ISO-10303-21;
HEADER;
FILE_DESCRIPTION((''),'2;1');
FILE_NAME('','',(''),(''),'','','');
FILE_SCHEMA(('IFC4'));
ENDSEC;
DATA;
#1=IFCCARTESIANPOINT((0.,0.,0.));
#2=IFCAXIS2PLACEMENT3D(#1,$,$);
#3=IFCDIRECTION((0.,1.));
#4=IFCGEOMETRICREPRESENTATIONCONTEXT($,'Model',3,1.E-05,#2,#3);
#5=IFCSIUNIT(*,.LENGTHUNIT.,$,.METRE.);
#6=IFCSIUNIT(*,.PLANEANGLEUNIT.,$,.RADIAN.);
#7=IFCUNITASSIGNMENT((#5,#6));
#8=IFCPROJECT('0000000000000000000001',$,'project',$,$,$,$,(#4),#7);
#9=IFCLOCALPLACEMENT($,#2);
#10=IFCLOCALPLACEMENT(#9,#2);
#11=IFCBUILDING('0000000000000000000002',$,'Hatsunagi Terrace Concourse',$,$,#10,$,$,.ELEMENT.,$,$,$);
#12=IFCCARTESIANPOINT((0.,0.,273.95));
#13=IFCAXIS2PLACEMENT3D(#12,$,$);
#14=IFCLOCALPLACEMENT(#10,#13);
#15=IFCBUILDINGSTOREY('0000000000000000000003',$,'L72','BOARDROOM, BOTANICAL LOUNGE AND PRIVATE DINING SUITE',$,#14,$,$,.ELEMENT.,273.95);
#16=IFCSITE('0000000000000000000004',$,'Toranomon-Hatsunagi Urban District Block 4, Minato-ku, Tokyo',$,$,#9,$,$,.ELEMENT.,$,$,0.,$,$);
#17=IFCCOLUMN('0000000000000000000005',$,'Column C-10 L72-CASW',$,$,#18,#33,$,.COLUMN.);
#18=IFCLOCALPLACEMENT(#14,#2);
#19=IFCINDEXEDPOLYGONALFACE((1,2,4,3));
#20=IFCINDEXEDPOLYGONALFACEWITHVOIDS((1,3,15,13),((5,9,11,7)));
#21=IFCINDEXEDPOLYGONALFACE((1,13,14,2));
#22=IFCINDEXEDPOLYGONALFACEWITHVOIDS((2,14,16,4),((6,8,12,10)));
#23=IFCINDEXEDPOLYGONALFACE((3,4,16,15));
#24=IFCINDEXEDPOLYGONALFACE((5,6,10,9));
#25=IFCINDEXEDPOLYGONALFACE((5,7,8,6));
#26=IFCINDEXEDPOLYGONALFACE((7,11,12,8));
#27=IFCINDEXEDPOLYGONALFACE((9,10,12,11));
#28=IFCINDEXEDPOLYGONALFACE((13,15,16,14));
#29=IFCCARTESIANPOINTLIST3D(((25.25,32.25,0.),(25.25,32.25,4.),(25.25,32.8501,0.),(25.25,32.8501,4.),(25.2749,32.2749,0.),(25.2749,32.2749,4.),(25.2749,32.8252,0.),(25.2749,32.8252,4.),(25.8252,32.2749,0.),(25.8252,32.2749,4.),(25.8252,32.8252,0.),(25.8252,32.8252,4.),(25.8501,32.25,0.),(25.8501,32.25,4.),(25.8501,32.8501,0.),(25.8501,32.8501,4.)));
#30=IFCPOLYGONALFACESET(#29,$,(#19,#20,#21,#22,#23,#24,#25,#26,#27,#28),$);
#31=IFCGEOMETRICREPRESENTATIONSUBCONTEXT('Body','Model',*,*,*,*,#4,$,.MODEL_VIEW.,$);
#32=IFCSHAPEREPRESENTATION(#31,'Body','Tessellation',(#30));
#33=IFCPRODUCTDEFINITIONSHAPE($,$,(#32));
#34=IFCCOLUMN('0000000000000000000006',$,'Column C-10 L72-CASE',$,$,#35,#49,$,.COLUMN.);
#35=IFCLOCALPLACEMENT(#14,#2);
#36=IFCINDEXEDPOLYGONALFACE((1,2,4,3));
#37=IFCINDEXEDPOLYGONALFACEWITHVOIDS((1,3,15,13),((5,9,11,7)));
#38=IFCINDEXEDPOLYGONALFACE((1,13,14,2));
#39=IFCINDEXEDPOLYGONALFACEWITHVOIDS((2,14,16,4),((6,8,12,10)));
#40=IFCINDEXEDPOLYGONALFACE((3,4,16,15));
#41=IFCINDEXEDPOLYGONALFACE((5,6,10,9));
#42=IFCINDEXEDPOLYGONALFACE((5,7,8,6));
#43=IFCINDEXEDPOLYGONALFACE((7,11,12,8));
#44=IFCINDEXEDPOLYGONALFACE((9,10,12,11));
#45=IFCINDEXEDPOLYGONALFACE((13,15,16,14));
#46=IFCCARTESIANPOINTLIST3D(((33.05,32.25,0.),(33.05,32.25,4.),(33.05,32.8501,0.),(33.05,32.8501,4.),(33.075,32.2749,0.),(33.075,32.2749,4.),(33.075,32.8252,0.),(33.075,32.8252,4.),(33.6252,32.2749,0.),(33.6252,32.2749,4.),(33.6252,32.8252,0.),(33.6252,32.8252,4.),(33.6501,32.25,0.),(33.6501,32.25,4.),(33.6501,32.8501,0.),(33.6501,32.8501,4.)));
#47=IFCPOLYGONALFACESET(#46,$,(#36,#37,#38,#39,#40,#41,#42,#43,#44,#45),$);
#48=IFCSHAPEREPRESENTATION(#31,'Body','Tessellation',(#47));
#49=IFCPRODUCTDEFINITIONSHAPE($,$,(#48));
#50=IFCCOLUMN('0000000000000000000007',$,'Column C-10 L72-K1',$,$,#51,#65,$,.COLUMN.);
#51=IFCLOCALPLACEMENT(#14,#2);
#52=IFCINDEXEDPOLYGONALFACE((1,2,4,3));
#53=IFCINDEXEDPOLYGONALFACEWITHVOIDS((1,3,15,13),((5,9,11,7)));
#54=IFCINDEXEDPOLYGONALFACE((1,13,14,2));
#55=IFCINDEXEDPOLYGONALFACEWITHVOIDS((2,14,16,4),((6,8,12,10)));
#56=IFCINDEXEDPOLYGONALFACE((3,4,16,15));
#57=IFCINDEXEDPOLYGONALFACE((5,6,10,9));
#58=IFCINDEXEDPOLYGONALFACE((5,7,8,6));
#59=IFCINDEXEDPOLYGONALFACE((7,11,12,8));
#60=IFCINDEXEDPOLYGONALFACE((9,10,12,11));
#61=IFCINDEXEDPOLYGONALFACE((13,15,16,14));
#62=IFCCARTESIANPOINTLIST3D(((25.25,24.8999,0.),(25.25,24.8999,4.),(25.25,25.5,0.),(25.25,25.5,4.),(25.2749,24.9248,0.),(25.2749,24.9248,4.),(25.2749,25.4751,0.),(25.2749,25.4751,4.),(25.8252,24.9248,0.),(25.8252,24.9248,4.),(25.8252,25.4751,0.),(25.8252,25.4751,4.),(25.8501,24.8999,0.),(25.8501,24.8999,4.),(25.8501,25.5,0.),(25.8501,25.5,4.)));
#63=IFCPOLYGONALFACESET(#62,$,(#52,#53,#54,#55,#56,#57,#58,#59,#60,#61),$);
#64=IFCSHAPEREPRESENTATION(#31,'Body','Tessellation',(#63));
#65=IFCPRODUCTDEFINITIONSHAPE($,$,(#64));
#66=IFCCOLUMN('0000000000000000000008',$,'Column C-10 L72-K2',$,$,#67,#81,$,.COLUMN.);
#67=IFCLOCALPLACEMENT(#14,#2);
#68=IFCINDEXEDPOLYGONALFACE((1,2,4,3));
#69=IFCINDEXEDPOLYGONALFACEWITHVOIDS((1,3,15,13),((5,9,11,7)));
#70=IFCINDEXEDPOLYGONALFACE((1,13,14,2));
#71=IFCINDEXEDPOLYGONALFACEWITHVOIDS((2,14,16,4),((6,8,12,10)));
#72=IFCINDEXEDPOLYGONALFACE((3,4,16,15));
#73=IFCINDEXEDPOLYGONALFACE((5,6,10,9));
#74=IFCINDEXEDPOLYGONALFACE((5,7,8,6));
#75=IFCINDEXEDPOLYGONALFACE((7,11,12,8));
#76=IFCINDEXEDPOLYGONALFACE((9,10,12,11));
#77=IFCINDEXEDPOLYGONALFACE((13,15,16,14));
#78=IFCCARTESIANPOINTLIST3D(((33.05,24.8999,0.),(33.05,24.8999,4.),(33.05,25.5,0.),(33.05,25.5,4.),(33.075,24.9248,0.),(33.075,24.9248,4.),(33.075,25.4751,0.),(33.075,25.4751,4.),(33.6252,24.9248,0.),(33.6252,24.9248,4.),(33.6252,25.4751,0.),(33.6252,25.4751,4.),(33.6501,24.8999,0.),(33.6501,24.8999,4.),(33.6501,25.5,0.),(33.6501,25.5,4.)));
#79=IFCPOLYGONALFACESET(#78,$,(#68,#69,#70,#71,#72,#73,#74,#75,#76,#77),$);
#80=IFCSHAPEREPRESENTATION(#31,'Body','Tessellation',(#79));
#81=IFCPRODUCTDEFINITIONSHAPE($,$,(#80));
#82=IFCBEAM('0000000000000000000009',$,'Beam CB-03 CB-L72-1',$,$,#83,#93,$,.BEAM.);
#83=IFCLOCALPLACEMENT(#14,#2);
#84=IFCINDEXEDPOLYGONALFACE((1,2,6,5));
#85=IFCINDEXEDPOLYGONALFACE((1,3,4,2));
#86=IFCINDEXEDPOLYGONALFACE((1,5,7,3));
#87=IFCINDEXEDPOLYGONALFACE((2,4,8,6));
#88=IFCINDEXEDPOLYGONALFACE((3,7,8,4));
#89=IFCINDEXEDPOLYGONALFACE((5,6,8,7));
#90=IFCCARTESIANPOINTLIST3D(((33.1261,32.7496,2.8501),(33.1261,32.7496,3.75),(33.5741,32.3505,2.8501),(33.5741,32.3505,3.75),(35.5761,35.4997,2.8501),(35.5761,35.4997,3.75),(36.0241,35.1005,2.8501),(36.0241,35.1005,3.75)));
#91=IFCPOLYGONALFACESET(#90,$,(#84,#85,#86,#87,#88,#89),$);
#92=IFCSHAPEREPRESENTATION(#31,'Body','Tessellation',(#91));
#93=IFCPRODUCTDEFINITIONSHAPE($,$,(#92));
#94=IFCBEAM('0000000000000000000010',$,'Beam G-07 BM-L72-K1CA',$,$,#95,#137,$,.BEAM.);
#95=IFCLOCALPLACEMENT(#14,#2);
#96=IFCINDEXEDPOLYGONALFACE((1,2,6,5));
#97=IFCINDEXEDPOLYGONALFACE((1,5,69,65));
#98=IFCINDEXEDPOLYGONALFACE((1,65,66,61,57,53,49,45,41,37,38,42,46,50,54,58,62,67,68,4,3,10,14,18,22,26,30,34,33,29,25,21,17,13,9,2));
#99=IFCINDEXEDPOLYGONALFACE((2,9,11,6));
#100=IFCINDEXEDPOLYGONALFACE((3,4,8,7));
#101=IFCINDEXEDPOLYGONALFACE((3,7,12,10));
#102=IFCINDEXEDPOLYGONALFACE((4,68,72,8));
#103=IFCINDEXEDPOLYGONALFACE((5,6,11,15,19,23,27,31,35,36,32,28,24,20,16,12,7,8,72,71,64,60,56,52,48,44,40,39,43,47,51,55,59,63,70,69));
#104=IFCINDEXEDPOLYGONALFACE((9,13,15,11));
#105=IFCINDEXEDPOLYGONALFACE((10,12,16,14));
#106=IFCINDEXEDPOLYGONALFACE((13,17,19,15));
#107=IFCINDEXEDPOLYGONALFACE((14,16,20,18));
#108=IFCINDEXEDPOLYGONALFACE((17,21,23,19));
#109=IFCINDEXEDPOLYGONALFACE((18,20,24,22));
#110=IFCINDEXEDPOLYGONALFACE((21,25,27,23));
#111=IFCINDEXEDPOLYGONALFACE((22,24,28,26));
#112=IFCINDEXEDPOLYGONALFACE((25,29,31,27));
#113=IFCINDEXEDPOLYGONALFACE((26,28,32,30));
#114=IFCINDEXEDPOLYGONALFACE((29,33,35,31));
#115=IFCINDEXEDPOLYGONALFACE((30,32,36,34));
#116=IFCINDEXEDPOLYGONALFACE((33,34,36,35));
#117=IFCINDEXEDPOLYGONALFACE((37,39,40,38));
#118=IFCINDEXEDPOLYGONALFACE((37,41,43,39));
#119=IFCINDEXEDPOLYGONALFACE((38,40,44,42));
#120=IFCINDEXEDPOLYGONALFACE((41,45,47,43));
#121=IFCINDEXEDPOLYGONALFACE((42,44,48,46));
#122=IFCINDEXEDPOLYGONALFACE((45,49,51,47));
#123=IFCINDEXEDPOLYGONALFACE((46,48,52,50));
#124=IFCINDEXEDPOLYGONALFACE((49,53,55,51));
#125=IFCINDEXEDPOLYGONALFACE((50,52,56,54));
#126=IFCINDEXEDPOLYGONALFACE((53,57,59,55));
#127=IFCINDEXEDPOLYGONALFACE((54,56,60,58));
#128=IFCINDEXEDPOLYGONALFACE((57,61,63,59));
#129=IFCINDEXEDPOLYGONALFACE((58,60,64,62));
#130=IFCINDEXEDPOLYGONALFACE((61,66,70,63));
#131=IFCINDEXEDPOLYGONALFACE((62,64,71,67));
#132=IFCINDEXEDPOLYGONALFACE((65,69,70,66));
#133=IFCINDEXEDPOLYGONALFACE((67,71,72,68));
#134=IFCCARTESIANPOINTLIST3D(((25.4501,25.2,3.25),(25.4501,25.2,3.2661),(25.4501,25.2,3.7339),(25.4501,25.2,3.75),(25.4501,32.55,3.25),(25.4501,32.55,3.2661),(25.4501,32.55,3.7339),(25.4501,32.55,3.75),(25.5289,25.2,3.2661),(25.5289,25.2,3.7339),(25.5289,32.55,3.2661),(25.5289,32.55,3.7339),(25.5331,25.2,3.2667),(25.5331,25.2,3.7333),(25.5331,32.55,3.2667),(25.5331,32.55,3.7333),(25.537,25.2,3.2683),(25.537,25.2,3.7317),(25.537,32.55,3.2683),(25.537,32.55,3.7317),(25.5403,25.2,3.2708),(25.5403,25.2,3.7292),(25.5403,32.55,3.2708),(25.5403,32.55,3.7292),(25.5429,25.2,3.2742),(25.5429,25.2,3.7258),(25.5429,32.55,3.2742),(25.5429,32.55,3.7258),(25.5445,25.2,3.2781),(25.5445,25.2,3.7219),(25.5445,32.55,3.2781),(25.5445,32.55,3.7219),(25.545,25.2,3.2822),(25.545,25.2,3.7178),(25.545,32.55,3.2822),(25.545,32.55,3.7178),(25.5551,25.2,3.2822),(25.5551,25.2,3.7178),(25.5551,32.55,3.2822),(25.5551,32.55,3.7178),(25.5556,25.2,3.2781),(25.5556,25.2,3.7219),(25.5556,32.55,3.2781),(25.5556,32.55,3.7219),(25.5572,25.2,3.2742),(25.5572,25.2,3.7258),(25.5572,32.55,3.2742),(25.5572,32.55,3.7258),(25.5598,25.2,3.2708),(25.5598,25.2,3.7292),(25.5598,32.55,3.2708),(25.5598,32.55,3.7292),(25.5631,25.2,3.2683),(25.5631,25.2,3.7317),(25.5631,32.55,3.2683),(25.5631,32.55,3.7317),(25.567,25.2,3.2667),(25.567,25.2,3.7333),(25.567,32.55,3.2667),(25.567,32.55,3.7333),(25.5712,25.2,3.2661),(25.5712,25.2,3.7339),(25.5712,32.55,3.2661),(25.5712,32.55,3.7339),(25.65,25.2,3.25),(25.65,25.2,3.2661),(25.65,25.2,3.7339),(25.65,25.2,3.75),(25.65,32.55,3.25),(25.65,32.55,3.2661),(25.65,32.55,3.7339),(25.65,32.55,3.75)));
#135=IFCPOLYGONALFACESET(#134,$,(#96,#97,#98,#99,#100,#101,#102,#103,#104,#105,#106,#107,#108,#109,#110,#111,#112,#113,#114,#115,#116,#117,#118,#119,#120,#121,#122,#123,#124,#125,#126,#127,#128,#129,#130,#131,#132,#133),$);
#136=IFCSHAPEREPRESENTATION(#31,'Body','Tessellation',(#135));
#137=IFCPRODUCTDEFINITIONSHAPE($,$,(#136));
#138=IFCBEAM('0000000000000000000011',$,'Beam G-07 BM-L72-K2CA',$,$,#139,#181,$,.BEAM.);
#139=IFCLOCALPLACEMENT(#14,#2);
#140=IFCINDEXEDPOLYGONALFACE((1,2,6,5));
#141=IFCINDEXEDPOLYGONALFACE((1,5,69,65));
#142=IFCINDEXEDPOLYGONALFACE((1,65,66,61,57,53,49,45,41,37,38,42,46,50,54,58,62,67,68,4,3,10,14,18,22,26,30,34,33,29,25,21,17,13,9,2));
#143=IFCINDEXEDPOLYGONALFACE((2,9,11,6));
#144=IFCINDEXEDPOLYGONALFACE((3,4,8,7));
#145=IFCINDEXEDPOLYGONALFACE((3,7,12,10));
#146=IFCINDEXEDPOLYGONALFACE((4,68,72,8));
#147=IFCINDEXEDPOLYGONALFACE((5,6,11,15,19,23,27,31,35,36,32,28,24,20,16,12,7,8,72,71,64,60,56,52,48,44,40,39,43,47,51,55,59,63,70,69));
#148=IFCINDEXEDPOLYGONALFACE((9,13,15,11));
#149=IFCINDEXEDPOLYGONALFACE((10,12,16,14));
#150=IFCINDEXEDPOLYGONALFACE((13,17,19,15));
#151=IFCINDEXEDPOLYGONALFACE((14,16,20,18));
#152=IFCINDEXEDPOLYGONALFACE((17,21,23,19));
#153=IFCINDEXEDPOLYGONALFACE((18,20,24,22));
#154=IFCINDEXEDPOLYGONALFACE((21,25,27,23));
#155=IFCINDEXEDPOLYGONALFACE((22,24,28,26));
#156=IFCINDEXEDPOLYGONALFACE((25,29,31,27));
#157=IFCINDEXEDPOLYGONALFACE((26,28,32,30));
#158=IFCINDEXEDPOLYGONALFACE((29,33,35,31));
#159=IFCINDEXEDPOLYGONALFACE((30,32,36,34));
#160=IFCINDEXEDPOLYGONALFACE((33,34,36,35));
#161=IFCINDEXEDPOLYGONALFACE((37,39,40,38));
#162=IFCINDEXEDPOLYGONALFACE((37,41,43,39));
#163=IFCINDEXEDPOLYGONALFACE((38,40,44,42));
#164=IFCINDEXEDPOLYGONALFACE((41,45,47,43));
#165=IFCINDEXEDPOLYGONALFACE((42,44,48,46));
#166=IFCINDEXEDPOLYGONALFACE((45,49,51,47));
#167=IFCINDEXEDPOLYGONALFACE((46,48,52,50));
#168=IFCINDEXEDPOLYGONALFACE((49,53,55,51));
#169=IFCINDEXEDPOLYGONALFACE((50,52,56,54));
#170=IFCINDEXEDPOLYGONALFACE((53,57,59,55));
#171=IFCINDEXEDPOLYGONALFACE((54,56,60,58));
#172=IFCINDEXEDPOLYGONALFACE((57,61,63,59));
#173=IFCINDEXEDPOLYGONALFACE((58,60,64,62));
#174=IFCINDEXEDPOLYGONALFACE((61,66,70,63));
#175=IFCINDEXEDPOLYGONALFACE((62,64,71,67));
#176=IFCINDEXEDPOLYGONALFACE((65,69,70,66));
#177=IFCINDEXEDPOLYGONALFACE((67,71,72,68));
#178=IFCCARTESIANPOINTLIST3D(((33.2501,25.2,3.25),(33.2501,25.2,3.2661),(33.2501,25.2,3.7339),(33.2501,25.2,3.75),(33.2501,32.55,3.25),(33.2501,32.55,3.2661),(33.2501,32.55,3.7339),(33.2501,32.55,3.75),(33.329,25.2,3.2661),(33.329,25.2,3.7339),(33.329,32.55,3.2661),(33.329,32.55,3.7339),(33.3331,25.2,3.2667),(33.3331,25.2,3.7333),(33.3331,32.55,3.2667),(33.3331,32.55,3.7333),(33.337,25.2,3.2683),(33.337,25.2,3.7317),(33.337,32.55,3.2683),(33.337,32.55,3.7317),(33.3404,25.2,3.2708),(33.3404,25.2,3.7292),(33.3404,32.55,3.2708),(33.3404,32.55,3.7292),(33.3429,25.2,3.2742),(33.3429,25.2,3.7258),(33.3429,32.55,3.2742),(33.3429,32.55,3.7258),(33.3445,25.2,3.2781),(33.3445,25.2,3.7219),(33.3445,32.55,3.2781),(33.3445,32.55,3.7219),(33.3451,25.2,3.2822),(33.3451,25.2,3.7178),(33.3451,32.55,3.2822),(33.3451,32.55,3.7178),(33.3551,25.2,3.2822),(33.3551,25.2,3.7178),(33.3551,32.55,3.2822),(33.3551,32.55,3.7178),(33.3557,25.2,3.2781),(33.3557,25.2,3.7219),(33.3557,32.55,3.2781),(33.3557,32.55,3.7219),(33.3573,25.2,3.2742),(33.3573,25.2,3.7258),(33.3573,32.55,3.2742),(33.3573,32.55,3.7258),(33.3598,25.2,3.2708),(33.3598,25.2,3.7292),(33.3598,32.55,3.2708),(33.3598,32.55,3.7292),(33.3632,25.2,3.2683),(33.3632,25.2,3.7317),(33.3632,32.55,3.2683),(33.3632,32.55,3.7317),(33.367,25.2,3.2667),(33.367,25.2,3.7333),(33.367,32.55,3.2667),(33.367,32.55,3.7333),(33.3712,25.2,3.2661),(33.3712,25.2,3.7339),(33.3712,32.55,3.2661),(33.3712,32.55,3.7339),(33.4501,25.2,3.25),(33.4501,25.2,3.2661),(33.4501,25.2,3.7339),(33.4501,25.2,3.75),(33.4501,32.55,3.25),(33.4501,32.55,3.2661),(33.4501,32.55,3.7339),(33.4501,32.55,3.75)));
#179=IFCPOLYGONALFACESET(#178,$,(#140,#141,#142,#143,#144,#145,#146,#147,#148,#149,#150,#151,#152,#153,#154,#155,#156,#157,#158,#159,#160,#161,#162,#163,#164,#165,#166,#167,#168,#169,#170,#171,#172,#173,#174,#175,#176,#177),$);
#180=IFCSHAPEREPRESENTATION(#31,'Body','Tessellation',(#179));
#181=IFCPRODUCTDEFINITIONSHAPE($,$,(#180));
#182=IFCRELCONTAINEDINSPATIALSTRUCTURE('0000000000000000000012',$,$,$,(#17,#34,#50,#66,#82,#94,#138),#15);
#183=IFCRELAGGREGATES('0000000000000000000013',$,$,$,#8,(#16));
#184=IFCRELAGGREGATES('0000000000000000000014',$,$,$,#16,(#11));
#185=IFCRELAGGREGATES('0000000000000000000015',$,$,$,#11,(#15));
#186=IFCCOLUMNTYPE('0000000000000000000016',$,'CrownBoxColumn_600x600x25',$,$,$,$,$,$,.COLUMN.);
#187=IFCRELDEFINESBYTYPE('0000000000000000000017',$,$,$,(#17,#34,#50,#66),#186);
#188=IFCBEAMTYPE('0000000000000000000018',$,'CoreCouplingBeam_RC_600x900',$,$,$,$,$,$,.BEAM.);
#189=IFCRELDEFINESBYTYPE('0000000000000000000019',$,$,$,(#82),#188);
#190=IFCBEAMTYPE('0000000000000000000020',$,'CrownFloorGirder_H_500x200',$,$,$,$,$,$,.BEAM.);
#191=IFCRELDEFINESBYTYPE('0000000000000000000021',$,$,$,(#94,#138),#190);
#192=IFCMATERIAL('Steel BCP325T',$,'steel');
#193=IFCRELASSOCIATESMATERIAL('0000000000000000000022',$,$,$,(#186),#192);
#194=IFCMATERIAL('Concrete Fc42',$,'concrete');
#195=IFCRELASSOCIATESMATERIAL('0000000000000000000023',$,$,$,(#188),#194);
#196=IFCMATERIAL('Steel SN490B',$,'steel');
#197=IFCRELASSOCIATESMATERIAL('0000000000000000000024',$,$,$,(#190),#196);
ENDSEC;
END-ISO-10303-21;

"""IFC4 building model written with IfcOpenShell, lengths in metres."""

from ifc_helpers import new_model, si_unit, direction, frame, origin, origin_2d, place, context, subcontext, project, spatial, rectangle, hollow_rectangle, i_section, extrude, material, material_profile, profile_set, type_object, element, save


model = new_model("IFC4")

# Units and contexts
model_context = context("Model", 3, precision=1e-05, world=origin(), true_north=direction((0.0, 1.0)))
body_context = subcontext(model_context, "Body", "Model", "MODEL_VIEW")
ifc_project = project(units=[si_unit("LENGTHUNIT", "METRE"), si_unit("PLANEANGLEUNIT", "RADIAN")], contexts=[model_context])

# Site, building, storey
site_placement = place(None, origin())
site = spatial("IfcSite", under=ifc_project, at=site_placement, Name="Toranomon-Hatsunagi Urban District Block 4, Minato-ku, Tokyo", CompositionType="ELEMENT", RefElevation=0.0)
building_placement = place(site_placement, origin())
building = spatial("IfcBuilding", under=site, at=building_placement, Name="Hatsunagi Terrace Concourse", CompositionType="ELEMENT")
storey_placement = place(building_placement, frame((0.0, 0.0, 273.95)))
storey = spatial("IfcBuildingStorey", under=building, at=storey_placement, Name="L72", Description="BOARDROOM, BOTANICAL LOUNGE AND PRIVATE DINING SUITE", CompositionType="ELEMENT", Elevation=273.95)

# Columns
ifc_material_1 = material(Name="Steel BCP325T", Category="steel")
ifc_material_profile_1 = material_profile(ifc_material_1, hollow_rectangle(XDim=0.6001, YDim=0.6001, WallThickness=0.0249, at=origin_2d()), Name="BCP-600x600x25")
ifc_profile_set_1 = profile_set([ifc_material_profile_1], Name="Steel BCP325T")
column_type = type_object("IfcColumnType", Name="CrownBoxColumn_600x600x25", PredefinedType="COLUMN", material=ifc_profile_set_1)
for number, where, z_axis, x_axis, name in (
    (1, (25.55, 32.55, 0.0), (0.0, 0.0, 1.0), (1.0, 0.0, 0.0), "Column C-10 L72-CASW"),
    (2, (33.3501, 32.55, 0.0), (0.0, 0.0, 1.0), (1.0, 0.0, 0.0), "Column C-10 L72-CASE"),
    (3, (25.55, 25.2, 0.0), (0.0, 0.0, 1.0), (1.0, 0.0, 0.0), "Column C-10 L72-K1"),
    (4, (33.3501, 25.2, 0.0), (0.0, 0.0, 1.0), (1.0, 0.0, 0.0), "Column C-10 L72-K2"),
):
    element("IfcColumn", number, at=place(storey_placement, frame(where, z_axis=z_axis, x_axis=x_axis)), inside=storey, type_object=column_type, Name=name, PredefinedType="COLUMN", context=body_context, shape_type="SweptSolid", body=[
        extrude(hollow_rectangle(XDim=0.6001, YDim=0.6001, WallThickness=0.0249, at=origin_2d()), origin(), (0.0, 0.0, 1.0), 4.0),
    ])

# Beams
ifc_material_2 = material(Name="Concrete Fc42", Category="concrete")
ifc_material_profile_2 = material_profile(ifc_material_2, rectangle(XDim=0.6001, YDim=0.8999, at=origin_2d()), Name="RC-600x900")
ifc_profile_set_2 = profile_set([ifc_material_profile_2], Name="Concrete Fc42")
beam_type_1 = type_object("IfcBeamType", Name="CoreCouplingBeam_RC_600x900", PredefinedType="BEAM", material=ifc_profile_set_2)
beam_1_placement = place(storey_placement, frame((33.3501, 32.55, 3.3), z_axis=(0.665199, 0.746666, 0.0), x_axis=(-0.746666, 0.665199, 0.0)))
element("IfcBeam", 5, at=beam_1_placement, inside=storey, type_object=beam_type_1, Name="Beam CB-03 CB-L72-1", PredefinedType="BEAM", context=body_context, shape_type="SweptSolid", body=[
    extrude(rectangle(XDim=0.6001, YDim=0.8999, at=origin_2d()), origin(), (0.0, 0.0, 1.0), 3.6831),
])
ifc_material_3 = material(Name="Steel SN490B", Category="steel")
ifc_material_profile_3 = material_profile(ifc_material_3, i_section(OverallWidth=0.2, OverallDepth=0.5, WebThickness=0.01, FlangeThickness=0.0161, FilletRadius=0.0161, at=origin_2d()), Name="H-500x200x10x16")
ifc_profile_set_3 = profile_set([ifc_material_profile_3], Name="Steel SN490B")
beam_type_2 = type_object("IfcBeamType", Name="CrownFloorGirder_H_500x200", PredefinedType="BEAM", material=ifc_profile_set_3)
for number, where, z_axis, x_axis, name in (
    (6, (25.55, 25.2, 3.5), (0.0, 1.0, 0.0), (-1.0, 0.0, 0.0), "Beam G-07 BM-L72-K1CA"),
    (7, (33.3501, 25.2, 3.5), (0.0, 1.0, 0.0), (-1.0, 0.0, 0.0), "Beam G-07 BM-L72-K2CA"),
):
    element("IfcBeam", number, at=place(storey_placement, frame(where, z_axis=z_axis, x_axis=x_axis)), inside=storey, type_object=beam_type_2, Name=name, PredefinedType="BEAM", context=body_context, shape_type="SweptSolid", body=[
        extrude(i_section(OverallWidth=0.2, OverallDepth=0.5, WebThickness=0.01, FlangeThickness=0.0161, FilletRadius=0.0161, at=origin_2d()), origin(), (0.0, 0.0, 1.0), 7.3501),
    ])

save(model, "model.ifc")
